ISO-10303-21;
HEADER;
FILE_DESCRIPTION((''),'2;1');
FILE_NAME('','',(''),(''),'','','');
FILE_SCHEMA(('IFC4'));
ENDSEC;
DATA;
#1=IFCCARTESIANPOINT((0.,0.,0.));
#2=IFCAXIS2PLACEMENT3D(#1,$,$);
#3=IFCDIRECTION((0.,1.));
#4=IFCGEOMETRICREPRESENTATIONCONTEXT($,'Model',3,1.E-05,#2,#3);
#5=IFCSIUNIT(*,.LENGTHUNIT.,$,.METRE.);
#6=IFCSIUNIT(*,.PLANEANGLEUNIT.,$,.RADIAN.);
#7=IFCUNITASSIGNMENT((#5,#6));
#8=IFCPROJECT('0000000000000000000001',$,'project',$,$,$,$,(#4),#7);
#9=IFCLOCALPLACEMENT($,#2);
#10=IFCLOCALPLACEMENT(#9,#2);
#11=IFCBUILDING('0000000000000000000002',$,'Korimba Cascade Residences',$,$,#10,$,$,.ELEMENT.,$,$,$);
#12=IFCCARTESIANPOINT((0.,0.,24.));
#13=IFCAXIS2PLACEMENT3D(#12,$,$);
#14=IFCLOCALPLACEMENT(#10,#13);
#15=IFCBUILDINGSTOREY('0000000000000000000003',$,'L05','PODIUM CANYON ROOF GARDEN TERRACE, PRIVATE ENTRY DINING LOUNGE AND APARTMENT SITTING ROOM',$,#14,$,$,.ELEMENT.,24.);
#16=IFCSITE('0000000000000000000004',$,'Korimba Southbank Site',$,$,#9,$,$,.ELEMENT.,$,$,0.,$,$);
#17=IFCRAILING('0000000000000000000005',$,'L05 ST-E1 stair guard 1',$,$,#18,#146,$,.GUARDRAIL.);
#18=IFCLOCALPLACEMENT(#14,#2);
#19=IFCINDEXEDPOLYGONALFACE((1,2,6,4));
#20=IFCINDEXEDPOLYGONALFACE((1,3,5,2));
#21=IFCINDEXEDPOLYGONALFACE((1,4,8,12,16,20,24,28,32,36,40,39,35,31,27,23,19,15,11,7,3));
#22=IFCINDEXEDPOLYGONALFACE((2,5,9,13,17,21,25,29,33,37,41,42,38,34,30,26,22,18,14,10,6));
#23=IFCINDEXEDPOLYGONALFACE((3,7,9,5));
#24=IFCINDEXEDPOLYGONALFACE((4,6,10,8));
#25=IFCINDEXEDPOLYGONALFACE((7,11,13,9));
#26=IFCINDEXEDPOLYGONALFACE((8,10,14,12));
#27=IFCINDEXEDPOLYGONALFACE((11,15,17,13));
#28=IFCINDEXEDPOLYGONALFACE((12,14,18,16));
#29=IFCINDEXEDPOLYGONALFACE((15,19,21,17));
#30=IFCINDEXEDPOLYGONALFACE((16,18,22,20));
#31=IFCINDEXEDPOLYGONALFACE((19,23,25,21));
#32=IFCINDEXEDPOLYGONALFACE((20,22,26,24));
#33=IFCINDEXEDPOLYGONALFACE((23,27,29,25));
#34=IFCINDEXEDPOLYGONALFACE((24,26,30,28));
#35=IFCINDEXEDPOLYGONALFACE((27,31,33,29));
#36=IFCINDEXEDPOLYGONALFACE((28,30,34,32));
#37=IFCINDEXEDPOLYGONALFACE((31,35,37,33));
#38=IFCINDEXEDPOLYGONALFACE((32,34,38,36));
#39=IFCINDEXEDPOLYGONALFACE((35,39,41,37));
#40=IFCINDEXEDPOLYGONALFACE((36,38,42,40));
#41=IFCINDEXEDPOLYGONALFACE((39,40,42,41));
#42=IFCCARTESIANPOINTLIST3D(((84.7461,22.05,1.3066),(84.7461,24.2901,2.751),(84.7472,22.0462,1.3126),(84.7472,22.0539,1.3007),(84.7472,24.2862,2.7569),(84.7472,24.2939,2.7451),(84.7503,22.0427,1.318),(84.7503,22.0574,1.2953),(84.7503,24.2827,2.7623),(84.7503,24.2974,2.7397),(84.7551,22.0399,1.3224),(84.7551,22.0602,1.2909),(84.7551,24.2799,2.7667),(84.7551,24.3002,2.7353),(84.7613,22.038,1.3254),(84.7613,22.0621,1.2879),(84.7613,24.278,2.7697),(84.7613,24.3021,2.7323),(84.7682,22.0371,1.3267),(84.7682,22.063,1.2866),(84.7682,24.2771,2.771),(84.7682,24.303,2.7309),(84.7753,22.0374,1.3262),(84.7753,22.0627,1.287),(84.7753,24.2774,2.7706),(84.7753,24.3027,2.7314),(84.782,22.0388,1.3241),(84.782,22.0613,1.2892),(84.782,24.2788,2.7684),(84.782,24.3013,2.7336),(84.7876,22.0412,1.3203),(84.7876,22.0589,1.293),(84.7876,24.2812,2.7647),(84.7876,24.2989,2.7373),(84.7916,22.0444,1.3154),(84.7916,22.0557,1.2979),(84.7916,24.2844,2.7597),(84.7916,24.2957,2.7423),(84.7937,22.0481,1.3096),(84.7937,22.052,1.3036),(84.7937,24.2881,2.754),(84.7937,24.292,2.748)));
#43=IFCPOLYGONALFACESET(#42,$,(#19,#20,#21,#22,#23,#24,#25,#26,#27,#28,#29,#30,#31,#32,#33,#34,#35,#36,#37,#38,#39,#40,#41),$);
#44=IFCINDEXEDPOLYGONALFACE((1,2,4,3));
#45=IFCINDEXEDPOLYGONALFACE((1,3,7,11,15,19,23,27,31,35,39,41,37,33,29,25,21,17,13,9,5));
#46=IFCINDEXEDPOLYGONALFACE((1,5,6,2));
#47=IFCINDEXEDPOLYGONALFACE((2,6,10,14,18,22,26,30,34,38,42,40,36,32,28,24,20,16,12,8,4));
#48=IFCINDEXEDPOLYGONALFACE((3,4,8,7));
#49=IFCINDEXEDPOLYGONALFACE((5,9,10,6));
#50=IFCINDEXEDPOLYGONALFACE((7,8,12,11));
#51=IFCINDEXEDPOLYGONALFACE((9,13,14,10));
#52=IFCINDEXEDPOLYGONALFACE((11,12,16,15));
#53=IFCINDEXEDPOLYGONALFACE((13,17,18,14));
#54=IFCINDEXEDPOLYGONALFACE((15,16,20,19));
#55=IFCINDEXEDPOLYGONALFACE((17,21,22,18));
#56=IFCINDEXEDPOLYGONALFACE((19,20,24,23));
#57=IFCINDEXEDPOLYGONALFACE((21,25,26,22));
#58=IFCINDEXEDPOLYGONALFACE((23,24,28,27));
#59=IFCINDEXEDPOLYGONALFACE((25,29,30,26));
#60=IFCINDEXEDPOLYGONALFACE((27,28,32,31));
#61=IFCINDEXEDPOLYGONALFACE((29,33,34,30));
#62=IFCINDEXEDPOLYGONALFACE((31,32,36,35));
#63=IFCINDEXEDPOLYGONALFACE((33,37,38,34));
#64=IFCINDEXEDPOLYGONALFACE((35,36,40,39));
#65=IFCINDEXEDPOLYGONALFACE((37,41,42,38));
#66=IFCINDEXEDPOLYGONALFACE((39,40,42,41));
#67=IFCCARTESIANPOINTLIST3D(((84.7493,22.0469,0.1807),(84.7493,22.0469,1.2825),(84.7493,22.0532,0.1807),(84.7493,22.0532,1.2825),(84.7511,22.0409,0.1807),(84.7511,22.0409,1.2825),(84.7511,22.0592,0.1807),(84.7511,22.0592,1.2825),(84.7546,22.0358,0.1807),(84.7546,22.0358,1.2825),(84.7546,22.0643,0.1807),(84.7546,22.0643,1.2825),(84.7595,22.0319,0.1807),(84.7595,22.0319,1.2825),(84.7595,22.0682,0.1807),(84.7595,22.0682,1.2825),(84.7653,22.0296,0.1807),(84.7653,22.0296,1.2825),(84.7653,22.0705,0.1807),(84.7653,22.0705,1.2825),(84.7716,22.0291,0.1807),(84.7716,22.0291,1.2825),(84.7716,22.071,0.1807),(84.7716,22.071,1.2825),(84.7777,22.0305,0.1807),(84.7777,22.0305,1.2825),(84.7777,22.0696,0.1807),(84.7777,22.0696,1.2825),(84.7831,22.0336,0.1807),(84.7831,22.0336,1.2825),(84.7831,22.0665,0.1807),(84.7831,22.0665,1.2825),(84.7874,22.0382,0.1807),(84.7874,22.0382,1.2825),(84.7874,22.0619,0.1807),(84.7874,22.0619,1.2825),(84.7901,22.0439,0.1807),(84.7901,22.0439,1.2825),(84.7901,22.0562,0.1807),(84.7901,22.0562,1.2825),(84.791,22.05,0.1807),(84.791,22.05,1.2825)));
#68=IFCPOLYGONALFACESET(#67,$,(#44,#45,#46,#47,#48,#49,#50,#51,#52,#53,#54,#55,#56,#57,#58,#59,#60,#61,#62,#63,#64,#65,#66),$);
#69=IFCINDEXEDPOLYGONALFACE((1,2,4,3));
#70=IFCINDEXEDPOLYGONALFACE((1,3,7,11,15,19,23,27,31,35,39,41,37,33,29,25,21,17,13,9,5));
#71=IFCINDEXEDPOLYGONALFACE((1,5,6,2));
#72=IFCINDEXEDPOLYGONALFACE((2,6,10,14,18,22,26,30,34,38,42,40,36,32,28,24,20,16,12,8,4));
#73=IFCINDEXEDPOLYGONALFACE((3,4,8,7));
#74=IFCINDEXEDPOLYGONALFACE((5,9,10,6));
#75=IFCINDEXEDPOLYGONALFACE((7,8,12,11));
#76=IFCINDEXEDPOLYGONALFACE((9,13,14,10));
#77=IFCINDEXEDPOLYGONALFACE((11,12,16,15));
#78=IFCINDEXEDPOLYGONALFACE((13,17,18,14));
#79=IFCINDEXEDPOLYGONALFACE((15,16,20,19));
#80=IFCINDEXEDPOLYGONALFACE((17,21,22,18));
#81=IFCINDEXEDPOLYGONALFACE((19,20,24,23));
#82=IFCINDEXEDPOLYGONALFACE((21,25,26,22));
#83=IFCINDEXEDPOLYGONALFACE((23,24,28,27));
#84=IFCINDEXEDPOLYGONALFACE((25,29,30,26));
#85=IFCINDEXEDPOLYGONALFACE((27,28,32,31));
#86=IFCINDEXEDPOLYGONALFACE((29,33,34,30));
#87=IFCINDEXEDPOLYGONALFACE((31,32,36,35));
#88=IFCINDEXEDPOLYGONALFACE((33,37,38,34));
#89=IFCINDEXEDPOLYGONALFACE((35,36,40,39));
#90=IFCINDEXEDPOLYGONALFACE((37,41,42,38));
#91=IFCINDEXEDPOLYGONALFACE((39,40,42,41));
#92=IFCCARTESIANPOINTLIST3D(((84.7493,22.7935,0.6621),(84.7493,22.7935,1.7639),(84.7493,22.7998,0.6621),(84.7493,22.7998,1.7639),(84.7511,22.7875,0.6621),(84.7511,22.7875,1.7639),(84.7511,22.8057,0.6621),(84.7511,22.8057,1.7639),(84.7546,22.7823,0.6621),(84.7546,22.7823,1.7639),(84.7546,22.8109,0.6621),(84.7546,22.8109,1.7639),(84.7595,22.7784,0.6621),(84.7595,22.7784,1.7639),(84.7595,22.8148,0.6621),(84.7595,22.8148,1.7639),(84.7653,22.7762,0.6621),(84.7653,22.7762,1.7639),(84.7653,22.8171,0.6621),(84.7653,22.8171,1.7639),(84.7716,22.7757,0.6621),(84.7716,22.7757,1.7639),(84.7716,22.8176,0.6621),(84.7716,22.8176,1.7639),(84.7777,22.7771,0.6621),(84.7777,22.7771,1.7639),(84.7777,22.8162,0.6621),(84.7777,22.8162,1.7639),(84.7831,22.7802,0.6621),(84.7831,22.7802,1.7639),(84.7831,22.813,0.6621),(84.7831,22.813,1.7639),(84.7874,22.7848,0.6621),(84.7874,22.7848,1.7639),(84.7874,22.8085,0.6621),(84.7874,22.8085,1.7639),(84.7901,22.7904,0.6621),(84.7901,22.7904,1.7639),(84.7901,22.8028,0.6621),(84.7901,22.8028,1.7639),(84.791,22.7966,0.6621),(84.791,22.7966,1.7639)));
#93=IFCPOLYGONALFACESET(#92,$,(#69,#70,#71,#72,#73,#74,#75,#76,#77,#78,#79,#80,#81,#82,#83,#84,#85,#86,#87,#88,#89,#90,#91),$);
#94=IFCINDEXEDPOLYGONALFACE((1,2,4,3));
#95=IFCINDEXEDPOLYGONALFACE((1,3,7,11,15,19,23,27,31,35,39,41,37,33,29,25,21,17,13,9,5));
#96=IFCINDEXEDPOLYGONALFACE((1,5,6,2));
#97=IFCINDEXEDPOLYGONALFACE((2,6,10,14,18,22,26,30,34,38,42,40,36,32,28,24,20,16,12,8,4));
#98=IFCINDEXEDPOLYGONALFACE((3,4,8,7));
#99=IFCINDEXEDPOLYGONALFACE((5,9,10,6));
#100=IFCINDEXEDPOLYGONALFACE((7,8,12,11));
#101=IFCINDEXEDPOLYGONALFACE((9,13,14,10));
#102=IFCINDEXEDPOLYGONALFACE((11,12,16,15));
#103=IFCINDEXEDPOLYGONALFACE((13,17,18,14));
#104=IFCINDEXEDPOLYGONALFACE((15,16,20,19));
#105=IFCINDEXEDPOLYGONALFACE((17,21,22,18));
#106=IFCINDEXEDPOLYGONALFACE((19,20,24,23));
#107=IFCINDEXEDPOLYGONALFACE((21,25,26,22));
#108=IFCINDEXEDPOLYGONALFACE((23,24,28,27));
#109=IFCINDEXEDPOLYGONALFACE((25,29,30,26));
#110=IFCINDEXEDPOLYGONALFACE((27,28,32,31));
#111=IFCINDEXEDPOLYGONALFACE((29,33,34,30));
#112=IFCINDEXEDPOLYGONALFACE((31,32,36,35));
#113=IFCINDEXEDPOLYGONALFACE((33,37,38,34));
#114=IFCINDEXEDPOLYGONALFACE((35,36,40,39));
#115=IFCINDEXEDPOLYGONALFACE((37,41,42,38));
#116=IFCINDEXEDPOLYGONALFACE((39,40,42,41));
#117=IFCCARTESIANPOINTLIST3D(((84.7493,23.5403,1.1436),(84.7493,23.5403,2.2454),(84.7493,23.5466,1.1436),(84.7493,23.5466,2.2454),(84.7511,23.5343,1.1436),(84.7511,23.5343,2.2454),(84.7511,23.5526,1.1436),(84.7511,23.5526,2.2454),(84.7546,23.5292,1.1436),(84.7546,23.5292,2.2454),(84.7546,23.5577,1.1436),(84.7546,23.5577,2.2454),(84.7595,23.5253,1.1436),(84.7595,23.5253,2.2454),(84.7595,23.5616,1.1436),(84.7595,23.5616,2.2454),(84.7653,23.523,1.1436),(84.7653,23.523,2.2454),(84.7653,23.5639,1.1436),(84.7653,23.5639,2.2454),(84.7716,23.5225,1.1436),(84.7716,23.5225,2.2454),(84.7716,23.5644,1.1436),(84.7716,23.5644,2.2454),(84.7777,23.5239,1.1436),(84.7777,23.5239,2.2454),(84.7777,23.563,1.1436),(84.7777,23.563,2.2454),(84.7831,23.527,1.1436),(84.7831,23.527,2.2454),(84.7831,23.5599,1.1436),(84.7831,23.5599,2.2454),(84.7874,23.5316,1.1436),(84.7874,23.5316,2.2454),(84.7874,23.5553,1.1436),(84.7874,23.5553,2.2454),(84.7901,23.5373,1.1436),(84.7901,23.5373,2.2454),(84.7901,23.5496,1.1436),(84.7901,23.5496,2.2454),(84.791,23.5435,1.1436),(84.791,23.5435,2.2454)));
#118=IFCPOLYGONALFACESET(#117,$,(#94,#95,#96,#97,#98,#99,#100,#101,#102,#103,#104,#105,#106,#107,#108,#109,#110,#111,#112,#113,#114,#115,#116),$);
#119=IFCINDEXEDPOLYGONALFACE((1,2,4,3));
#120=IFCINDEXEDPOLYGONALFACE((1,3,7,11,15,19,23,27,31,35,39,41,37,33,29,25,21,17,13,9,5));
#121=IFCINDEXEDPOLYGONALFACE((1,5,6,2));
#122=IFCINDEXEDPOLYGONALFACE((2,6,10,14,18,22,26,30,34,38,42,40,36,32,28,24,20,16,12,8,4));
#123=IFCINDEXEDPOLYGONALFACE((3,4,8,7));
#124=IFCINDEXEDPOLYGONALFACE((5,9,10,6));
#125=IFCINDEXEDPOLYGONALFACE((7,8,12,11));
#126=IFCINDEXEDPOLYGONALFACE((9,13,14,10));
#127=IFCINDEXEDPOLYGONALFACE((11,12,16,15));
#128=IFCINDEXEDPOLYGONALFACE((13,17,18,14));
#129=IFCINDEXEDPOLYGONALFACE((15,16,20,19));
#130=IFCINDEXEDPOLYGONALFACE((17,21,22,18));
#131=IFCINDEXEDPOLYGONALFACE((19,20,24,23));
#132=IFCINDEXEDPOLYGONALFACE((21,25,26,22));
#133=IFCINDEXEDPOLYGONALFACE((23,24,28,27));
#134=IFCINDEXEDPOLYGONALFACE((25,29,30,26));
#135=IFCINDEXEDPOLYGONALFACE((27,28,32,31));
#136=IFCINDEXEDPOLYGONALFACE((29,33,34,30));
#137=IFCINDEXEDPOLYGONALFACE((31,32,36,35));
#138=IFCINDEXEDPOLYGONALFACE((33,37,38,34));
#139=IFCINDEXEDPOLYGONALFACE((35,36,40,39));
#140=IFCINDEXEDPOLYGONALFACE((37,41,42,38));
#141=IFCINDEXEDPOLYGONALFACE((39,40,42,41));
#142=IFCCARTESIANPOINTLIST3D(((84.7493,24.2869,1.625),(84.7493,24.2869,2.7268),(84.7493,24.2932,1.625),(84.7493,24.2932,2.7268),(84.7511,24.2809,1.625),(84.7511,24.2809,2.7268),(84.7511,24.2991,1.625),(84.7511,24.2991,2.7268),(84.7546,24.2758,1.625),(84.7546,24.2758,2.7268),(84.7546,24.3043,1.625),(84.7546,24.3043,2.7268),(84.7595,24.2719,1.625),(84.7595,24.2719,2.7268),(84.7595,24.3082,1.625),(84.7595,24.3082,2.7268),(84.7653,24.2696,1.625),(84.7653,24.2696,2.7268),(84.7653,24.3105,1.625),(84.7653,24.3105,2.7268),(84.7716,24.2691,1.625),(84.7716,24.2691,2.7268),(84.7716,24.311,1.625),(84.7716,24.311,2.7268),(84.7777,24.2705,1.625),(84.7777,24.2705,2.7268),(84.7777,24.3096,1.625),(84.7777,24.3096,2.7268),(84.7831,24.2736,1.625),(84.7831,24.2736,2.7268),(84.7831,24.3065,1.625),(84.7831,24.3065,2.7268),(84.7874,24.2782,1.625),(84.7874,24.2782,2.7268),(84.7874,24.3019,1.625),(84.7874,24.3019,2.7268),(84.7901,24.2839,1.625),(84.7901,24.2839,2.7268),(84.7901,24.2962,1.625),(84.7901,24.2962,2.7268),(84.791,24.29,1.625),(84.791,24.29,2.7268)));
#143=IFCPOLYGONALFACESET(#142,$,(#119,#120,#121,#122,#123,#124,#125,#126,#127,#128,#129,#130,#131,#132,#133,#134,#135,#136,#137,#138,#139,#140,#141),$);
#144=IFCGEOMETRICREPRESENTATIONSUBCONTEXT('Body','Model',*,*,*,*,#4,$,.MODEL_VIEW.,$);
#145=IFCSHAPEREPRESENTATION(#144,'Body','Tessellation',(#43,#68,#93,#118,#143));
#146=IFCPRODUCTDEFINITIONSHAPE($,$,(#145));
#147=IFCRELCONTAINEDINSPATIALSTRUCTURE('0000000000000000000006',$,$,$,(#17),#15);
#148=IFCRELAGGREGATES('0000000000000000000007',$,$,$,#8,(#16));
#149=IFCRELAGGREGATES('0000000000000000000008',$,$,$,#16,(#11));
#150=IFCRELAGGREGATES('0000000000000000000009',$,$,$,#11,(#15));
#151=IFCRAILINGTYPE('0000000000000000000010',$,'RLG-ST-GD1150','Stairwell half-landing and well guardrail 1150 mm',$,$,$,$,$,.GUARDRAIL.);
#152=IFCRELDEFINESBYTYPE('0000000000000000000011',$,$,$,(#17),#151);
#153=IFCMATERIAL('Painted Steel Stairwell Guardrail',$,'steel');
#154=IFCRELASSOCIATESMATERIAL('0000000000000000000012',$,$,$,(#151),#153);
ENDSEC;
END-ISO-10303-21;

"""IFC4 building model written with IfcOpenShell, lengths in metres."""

from ifc_helpers import new_model, si_unit, direction, frame, origin, origin_2d, place, context, subcontext, project, spatial, circle, extrude, material, type_object, element, save


model = new_model("IFC4")

# Units and contexts
model_context = context("Model", 3, precision=1e-05, world=origin(), true_north=direction((0.0, 1.0)))
body_context = subcontext(model_context, "Body", "Model", "MODEL_VIEW")
ifc_project = project(units=[si_unit("LENGTHUNIT", "METRE"), si_unit("PLANEANGLEUNIT", "RADIAN")], contexts=[model_context])

# Site, building, storey
site_placement = place(None, origin())
site = spatial("IfcSite", under=ifc_project, at=site_placement, Name="Korimba Southbank Site", CompositionType="ELEMENT", RefElevation=0.0)
building_placement = place(site_placement, origin())
building = spatial("IfcBuilding", under=site, at=building_placement, Name="Korimba Cascade Residences", CompositionType="ELEMENT")
storey_placement = place(building_placement, frame((0.0, 0.0, 24.0)))
storey = spatial("IfcBuildingStorey", under=building, at=storey_placement, Name="L05", Description="PODIUM CANYON ROOF GARDEN TERRACE, PRIVATE ENTRY DINING LOUNGE AND APARTMENT SITTING ROOM", CompositionType="ELEMENT", Elevation=24.0)

# Railing
ifc_material_1 = material(Name="Painted Steel Stairwell Guardrail", Category="steel")
railing_type_1 = type_object("IfcRailingType", Name="RLG-ST-GD1150", Description="Stairwell half-landing and well guardrail 1150 mm", PredefinedType="GUARDRAIL", material=ifc_material_1)
railing_1_placement = place(storey_placement, frame((84.77, 22.05, 0.1807)))
element("IfcRailing", 1, at=railing_1_placement, inside=storey, type_object=railing_type_1, Name="L05 ST-E1 stair guard 1", PredefinedType="GUARDRAIL", context=body_context, shape_type="SweptSolid", body=[
    extrude(circle(Radius=0.0239, at=origin_2d()), frame((0.0, 0.0, 1.126), z_axis=(0.0, 0.840437, 0.54191), x_axis=(-1.0, 0.0, 0.0)), (0.0, 0.0, 1.0), 2.6653),
    extrude(circle(Radius=0.021, at=origin_2d()), origin(), (0.0, 0.0, 1.0), 1.1018),
    extrude(circle(Radius=0.021, at=origin_2d()), frame((0.0, 0.7466, 0.4814)), (0.0, 0.0, 1.0), 1.1018),
    extrude(circle(Radius=0.021, at=origin_2d()), frame((0.0, 1.4934, 0.9629)), (0.0, 0.0, 1.0), 1.1018),
    extrude(circle(Radius=0.021, at=origin_2d()), frame((0.0, 2.24, 1.4443)), (0.0, 0.0, 1.0), 1.1018),
])

save(model, "model.ifc")
